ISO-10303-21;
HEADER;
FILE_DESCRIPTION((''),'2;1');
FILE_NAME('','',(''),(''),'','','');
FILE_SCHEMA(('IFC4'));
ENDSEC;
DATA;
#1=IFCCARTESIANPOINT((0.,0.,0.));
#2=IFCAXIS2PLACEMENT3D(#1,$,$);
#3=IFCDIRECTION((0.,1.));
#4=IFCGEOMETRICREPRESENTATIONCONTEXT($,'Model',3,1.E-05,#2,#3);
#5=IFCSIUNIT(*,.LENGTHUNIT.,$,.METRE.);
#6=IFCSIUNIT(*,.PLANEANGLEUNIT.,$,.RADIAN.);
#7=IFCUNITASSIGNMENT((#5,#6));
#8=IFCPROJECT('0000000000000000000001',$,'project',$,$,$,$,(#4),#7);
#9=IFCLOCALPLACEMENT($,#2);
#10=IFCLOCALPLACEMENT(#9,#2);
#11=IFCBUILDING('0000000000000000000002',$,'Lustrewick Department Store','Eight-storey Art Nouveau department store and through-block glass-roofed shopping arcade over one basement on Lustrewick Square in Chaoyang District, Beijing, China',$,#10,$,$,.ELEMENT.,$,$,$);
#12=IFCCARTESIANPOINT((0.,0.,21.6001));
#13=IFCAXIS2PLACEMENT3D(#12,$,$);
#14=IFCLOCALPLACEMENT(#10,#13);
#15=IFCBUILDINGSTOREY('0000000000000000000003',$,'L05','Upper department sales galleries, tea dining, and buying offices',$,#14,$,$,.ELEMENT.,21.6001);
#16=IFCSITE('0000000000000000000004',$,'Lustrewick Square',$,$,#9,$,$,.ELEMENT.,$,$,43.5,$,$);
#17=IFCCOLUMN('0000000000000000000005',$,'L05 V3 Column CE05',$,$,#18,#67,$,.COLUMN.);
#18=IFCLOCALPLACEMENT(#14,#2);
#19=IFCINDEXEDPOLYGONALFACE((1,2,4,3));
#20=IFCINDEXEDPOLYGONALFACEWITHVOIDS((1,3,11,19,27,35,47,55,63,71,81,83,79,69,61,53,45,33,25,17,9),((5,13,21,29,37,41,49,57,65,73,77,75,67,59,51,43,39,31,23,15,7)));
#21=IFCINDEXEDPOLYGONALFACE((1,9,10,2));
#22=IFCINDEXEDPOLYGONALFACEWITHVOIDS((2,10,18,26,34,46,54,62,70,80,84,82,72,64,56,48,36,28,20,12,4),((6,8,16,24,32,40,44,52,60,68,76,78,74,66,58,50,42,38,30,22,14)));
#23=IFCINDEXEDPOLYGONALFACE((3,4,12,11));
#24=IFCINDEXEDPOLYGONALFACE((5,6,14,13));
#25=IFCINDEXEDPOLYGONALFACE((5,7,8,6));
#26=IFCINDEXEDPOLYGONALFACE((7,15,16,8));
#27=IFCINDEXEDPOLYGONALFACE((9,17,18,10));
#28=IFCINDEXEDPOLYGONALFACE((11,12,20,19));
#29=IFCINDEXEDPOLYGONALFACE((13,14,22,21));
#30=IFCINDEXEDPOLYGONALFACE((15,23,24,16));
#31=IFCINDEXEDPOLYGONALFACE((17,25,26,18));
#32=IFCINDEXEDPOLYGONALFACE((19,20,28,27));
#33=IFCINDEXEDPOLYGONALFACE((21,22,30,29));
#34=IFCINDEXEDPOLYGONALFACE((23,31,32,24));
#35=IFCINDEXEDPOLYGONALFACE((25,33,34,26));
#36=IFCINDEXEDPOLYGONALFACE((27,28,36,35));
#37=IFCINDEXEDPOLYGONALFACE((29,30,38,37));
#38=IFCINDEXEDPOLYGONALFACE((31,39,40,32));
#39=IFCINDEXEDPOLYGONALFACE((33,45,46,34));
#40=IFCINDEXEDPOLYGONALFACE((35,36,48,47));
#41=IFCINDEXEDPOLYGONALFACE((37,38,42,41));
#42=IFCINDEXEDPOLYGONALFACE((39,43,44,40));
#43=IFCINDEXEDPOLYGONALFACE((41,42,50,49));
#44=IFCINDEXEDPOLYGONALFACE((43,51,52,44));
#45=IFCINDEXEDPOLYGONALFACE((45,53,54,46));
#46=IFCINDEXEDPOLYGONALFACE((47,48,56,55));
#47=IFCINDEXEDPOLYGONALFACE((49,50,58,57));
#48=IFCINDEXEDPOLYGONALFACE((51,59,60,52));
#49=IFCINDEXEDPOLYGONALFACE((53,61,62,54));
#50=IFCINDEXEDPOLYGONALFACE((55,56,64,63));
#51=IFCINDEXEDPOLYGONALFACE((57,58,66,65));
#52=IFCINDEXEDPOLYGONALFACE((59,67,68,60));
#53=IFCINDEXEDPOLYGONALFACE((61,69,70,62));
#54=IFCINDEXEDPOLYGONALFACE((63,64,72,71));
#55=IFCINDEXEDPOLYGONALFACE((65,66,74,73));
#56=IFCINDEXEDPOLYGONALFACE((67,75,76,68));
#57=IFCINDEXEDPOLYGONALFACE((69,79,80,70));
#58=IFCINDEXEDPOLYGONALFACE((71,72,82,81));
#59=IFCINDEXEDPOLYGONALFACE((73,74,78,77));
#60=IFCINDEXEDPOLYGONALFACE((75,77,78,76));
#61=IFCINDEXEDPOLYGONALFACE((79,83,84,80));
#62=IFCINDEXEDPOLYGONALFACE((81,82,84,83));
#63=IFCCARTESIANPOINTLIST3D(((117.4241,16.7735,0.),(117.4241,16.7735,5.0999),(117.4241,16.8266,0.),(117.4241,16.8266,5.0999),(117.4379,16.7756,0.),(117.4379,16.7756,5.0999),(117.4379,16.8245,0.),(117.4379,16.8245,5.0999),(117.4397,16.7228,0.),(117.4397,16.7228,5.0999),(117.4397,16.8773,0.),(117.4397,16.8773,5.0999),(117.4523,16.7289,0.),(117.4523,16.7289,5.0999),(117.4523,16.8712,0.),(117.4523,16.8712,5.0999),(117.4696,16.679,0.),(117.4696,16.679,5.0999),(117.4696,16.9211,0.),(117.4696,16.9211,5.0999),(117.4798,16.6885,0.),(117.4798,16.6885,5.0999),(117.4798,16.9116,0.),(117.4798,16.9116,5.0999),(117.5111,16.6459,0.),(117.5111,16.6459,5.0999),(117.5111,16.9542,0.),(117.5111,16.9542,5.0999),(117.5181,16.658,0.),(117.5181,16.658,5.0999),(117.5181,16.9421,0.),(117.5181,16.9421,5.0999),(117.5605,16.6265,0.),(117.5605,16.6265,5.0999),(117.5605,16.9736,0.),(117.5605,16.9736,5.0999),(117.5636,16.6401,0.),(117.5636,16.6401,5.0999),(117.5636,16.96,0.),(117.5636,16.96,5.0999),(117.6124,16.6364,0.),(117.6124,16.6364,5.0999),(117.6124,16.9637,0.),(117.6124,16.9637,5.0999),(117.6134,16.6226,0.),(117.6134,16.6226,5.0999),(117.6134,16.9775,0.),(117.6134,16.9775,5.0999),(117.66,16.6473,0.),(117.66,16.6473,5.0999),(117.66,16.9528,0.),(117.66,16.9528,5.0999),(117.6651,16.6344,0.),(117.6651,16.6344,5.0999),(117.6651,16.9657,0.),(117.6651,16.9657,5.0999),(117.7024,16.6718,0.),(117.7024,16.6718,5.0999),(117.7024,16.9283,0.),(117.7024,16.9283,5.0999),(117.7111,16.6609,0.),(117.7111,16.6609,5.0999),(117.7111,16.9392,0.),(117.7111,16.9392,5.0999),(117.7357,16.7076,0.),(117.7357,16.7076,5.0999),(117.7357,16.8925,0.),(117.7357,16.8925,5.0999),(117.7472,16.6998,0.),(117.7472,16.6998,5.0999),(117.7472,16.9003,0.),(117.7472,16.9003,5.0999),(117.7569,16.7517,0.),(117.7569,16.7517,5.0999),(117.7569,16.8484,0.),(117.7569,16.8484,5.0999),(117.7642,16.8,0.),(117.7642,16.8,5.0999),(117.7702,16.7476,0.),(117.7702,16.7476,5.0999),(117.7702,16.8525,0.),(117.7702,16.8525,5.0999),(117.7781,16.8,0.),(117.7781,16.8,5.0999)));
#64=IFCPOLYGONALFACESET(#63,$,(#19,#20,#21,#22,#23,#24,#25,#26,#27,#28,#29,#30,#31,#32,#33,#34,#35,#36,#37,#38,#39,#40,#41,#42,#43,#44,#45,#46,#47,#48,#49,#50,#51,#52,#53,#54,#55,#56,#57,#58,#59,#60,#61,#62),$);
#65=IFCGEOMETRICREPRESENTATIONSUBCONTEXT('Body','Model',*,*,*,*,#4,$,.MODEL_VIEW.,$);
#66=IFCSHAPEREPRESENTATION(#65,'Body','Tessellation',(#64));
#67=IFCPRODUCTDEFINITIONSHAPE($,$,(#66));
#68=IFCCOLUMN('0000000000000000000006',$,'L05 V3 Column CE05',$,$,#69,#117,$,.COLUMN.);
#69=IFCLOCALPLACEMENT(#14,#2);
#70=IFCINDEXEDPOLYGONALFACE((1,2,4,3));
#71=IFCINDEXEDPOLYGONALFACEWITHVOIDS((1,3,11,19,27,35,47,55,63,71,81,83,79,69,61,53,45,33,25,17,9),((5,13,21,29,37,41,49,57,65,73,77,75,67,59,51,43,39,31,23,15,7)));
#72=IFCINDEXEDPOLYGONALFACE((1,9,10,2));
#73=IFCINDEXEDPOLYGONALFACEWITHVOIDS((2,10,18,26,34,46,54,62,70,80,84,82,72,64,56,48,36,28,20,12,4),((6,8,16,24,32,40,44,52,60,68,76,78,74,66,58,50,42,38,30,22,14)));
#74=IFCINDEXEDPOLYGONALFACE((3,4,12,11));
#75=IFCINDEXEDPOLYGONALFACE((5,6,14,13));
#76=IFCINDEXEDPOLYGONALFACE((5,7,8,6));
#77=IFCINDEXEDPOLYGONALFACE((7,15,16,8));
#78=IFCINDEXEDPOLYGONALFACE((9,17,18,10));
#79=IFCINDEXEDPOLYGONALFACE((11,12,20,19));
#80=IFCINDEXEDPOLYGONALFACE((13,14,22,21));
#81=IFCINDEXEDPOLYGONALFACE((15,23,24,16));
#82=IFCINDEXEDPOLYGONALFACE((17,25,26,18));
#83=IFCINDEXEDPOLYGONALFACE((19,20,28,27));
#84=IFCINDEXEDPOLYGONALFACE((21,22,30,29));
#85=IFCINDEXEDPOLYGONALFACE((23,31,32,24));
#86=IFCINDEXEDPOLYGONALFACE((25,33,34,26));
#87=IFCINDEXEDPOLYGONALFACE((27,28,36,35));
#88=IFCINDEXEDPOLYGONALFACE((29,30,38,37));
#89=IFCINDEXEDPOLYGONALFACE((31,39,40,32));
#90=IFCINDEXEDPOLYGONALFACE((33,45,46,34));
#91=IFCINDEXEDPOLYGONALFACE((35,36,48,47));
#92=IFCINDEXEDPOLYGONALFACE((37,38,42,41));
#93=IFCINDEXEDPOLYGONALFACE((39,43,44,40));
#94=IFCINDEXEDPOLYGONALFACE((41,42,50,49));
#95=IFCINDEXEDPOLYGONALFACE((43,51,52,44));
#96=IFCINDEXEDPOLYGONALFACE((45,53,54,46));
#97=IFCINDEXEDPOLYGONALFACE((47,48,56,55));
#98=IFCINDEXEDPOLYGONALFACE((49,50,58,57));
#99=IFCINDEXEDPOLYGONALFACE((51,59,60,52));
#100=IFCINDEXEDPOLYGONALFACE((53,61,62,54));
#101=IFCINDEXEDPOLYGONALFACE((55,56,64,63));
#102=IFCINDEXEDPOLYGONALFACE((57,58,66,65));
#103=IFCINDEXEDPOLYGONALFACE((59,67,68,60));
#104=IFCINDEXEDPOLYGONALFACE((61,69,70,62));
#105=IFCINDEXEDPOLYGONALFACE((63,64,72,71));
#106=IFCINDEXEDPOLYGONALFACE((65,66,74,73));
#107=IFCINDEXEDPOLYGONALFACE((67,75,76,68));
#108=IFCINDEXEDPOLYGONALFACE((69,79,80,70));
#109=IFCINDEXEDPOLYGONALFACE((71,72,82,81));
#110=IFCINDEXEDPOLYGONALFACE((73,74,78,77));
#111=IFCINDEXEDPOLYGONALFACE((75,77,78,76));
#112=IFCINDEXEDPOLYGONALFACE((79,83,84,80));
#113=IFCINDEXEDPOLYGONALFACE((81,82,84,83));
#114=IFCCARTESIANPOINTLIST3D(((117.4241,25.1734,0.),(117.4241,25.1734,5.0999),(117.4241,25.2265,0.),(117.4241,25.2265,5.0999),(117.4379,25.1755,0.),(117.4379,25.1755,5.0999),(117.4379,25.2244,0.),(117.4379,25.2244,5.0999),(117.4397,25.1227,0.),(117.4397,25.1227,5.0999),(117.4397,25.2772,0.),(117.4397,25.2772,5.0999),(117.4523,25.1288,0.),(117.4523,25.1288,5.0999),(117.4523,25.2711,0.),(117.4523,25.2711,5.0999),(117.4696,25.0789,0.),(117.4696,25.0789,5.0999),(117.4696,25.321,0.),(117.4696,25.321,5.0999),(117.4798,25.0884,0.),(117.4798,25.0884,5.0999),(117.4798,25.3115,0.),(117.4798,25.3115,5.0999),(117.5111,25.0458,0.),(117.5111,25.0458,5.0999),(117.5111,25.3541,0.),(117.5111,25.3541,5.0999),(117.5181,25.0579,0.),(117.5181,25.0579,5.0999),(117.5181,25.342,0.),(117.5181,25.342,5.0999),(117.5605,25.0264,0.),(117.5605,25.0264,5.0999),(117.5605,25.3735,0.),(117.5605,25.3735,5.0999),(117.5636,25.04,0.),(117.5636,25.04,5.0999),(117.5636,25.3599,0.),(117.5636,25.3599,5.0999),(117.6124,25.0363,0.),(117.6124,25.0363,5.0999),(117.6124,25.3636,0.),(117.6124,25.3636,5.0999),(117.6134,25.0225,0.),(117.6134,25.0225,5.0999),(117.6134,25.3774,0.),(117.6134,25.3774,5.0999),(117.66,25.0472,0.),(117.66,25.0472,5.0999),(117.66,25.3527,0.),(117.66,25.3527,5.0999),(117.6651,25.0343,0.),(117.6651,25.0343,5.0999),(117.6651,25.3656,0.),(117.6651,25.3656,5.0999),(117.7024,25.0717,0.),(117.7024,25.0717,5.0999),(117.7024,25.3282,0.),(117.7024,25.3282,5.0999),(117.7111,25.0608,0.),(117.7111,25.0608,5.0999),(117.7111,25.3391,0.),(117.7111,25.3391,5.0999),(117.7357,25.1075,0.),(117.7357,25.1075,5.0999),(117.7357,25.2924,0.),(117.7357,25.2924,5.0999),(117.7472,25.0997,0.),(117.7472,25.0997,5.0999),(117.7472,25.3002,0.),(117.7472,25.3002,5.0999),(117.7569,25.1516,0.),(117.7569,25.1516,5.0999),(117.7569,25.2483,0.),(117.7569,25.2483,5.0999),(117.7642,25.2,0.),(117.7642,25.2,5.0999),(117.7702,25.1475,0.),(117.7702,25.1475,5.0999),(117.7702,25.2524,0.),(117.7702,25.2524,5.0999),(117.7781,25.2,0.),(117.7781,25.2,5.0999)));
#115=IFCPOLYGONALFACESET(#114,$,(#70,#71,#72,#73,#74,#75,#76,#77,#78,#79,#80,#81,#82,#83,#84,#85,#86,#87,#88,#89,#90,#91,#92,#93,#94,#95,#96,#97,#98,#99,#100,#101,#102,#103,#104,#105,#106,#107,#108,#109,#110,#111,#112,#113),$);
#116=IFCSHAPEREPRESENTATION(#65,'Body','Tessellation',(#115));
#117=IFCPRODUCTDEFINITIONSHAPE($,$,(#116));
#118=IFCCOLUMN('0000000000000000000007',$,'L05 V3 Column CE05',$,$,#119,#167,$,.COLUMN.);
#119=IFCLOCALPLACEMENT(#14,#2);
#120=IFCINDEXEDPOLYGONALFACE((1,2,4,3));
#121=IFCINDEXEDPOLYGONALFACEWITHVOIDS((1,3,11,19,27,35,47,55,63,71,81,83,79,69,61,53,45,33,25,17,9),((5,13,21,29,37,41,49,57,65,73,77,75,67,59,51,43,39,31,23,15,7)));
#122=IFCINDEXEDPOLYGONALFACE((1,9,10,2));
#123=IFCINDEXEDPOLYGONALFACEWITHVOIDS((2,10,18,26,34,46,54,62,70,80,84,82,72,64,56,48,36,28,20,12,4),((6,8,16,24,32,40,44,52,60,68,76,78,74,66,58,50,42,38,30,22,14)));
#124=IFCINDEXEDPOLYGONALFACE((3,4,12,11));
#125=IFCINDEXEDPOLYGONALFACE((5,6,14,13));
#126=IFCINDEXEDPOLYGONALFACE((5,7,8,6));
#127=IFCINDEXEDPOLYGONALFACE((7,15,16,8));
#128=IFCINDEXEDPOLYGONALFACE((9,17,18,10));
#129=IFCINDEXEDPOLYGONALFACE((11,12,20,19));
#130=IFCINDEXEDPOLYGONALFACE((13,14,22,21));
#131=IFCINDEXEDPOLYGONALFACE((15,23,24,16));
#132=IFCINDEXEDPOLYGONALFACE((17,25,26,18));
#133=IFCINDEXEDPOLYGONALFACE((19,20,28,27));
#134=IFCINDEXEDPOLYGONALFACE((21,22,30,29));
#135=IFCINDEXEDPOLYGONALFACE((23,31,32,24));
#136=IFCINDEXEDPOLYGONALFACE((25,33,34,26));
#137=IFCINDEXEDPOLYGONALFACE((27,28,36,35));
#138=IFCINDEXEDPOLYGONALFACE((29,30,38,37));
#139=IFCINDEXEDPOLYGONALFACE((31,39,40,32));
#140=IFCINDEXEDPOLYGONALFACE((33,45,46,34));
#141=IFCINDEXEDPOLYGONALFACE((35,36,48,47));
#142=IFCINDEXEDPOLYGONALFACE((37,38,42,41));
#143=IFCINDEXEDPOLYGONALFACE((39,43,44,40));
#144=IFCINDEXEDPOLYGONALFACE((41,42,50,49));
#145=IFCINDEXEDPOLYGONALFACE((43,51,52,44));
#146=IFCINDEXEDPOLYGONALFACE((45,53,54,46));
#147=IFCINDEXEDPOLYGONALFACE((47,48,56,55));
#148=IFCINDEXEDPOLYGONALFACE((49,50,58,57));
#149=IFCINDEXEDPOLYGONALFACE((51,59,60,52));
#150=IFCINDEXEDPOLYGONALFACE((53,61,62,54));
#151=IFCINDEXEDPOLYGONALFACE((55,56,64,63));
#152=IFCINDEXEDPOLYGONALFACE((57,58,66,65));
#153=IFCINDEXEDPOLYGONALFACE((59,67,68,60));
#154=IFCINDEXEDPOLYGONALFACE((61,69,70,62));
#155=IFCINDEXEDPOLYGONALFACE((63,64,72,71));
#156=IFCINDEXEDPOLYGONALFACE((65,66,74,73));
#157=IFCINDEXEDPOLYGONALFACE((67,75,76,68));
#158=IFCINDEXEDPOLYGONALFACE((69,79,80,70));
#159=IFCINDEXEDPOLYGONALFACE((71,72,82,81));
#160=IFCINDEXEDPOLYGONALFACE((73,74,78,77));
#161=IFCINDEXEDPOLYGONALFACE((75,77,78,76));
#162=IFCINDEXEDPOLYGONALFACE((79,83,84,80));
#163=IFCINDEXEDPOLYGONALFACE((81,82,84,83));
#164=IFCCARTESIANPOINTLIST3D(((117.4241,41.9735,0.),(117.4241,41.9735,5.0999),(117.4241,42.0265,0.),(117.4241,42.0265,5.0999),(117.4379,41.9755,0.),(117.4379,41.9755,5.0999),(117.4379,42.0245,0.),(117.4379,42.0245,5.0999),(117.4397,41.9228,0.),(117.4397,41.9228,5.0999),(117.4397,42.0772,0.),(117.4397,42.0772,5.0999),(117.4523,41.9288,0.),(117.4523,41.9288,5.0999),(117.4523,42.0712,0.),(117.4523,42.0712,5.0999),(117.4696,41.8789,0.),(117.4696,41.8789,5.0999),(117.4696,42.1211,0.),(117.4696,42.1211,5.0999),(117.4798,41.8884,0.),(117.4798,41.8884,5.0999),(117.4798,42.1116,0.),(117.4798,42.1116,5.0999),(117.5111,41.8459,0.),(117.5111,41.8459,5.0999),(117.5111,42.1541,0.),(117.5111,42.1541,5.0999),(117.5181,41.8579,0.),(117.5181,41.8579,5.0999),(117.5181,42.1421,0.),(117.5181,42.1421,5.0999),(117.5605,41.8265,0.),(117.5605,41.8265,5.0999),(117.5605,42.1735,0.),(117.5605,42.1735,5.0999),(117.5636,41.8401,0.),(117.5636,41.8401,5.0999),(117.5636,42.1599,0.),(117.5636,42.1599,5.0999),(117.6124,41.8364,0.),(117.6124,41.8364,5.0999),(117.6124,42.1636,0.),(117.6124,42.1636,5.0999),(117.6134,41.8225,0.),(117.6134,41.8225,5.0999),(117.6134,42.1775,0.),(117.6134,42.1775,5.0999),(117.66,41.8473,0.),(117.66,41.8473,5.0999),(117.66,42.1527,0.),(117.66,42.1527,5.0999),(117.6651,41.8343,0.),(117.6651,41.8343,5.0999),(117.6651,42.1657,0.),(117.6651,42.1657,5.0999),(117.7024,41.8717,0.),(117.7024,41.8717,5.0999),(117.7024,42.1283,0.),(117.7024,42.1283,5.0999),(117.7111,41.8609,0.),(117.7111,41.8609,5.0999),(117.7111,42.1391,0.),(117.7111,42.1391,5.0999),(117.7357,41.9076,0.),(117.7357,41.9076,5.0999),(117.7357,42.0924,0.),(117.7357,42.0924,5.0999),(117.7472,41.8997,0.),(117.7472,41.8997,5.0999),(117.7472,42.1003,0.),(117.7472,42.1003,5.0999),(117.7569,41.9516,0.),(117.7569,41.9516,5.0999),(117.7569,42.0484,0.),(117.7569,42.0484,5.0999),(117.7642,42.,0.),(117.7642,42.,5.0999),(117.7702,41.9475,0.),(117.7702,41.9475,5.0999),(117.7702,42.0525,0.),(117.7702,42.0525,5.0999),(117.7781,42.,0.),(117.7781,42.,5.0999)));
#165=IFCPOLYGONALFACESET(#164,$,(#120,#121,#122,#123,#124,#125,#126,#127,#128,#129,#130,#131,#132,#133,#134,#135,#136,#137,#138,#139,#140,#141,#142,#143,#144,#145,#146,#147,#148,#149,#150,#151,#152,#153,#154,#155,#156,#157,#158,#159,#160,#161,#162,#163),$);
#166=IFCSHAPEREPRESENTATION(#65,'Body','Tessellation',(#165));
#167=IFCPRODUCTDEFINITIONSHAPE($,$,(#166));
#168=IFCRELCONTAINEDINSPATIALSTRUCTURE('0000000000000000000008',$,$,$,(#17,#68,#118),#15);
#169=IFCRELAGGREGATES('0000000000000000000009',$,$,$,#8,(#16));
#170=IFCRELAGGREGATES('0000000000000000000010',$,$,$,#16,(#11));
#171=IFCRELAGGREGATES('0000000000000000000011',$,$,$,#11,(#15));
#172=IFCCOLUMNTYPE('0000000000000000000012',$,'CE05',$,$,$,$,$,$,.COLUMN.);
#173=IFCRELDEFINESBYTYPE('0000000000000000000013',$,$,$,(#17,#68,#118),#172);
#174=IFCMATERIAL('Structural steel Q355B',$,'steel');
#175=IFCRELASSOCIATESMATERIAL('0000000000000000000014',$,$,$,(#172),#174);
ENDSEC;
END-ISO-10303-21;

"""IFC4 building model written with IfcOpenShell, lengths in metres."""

from ifc_helpers import new_model, si_unit, direction, frame, origin, origin_2d, place, context, subcontext, project, spatial, hollow_circle, extrude, material, material_profile, profile_set, type_object, element, save


model = new_model("IFC4")

# Units and contexts
model_context = context("Model", 3, precision=1e-05, world=origin(), true_north=direction((0.0, 1.0)))
body_context = subcontext(model_context, "Body", "Model", "MODEL_VIEW")
ifc_project = project(units=[si_unit("LENGTHUNIT", "METRE"), si_unit("PLANEANGLEUNIT", "RADIAN")], contexts=[model_context])

# Site, building, storey
site_placement = place(None, origin())
site = spatial("IfcSite", under=ifc_project, at=site_placement, Name="Lustrewick Square", CompositionType="ELEMENT", RefElevation=43.5)
building_placement = place(site_placement, origin())
building = spatial("IfcBuilding", under=site, at=building_placement, Name="Lustrewick Department Store", Description="Eight-storey Art Nouveau department store and through-block glass-roofed shopping arcade over one basement on Lustrewick Square in Chaoyang District, Beijing, China", CompositionType="ELEMENT")
storey_placement = place(building_placement, frame((0.0, 0.0, 21.6001)))
storey = spatial("IfcBuildingStorey", under=building, at=storey_placement, Name="L05", Description="Upper department sales galleries, tea dining, and buying offices", CompositionType="ELEMENT", Elevation=21.6001)

# Columns
ifc_material_1 = material(Name="Structural steel Q355B", Category="steel")
ifc_material_profile_1 = material_profile(ifc_material_1, hollow_circle(Radius=0.178, WallThickness=0.0139, at=origin_2d()), Name="CHS 356x14")
ifc_profile_set_1 = profile_set([ifc_material_profile_1], Name="Structural steel Q355B")
column_type_1 = type_object("IfcColumnType", Name="CE05", PredefinedType="COLUMN", material=ifc_profile_set_1)
for number, where, z_axis, x_axis, name in (
    (1, (117.6001, 16.8, 0.0), (0.0, 0.0, 1.0), (1.0, 0.0, 0.0), "L05 V3 Column CE05"),
    (2, (117.6001, 25.2, 0.0), (0.0, 0.0, 1.0), (1.0, 0.0, 0.0), "L05 V3 Column CE05"),
    (3, (117.6001, 42.0, 0.0), (0.0, 0.0, 1.0), (1.0, 0.0, 0.0), "L05 V3 Column CE05"),
):
    element("IfcColumn", number, at=place(storey_placement, frame(where, z_axis=z_axis, x_axis=x_axis)), inside=storey, type_object=column_type_1, Name=name, PredefinedType="COLUMN", context=body_context, shape_type="SweptSolid", body=[
        extrude(hollow_circle(Radius=0.178, WallThickness=0.0139, at=origin_2d()), origin(), (0.0, 0.0, 1.0), 5.0999),
    ])

save(model, "model.ifc")
